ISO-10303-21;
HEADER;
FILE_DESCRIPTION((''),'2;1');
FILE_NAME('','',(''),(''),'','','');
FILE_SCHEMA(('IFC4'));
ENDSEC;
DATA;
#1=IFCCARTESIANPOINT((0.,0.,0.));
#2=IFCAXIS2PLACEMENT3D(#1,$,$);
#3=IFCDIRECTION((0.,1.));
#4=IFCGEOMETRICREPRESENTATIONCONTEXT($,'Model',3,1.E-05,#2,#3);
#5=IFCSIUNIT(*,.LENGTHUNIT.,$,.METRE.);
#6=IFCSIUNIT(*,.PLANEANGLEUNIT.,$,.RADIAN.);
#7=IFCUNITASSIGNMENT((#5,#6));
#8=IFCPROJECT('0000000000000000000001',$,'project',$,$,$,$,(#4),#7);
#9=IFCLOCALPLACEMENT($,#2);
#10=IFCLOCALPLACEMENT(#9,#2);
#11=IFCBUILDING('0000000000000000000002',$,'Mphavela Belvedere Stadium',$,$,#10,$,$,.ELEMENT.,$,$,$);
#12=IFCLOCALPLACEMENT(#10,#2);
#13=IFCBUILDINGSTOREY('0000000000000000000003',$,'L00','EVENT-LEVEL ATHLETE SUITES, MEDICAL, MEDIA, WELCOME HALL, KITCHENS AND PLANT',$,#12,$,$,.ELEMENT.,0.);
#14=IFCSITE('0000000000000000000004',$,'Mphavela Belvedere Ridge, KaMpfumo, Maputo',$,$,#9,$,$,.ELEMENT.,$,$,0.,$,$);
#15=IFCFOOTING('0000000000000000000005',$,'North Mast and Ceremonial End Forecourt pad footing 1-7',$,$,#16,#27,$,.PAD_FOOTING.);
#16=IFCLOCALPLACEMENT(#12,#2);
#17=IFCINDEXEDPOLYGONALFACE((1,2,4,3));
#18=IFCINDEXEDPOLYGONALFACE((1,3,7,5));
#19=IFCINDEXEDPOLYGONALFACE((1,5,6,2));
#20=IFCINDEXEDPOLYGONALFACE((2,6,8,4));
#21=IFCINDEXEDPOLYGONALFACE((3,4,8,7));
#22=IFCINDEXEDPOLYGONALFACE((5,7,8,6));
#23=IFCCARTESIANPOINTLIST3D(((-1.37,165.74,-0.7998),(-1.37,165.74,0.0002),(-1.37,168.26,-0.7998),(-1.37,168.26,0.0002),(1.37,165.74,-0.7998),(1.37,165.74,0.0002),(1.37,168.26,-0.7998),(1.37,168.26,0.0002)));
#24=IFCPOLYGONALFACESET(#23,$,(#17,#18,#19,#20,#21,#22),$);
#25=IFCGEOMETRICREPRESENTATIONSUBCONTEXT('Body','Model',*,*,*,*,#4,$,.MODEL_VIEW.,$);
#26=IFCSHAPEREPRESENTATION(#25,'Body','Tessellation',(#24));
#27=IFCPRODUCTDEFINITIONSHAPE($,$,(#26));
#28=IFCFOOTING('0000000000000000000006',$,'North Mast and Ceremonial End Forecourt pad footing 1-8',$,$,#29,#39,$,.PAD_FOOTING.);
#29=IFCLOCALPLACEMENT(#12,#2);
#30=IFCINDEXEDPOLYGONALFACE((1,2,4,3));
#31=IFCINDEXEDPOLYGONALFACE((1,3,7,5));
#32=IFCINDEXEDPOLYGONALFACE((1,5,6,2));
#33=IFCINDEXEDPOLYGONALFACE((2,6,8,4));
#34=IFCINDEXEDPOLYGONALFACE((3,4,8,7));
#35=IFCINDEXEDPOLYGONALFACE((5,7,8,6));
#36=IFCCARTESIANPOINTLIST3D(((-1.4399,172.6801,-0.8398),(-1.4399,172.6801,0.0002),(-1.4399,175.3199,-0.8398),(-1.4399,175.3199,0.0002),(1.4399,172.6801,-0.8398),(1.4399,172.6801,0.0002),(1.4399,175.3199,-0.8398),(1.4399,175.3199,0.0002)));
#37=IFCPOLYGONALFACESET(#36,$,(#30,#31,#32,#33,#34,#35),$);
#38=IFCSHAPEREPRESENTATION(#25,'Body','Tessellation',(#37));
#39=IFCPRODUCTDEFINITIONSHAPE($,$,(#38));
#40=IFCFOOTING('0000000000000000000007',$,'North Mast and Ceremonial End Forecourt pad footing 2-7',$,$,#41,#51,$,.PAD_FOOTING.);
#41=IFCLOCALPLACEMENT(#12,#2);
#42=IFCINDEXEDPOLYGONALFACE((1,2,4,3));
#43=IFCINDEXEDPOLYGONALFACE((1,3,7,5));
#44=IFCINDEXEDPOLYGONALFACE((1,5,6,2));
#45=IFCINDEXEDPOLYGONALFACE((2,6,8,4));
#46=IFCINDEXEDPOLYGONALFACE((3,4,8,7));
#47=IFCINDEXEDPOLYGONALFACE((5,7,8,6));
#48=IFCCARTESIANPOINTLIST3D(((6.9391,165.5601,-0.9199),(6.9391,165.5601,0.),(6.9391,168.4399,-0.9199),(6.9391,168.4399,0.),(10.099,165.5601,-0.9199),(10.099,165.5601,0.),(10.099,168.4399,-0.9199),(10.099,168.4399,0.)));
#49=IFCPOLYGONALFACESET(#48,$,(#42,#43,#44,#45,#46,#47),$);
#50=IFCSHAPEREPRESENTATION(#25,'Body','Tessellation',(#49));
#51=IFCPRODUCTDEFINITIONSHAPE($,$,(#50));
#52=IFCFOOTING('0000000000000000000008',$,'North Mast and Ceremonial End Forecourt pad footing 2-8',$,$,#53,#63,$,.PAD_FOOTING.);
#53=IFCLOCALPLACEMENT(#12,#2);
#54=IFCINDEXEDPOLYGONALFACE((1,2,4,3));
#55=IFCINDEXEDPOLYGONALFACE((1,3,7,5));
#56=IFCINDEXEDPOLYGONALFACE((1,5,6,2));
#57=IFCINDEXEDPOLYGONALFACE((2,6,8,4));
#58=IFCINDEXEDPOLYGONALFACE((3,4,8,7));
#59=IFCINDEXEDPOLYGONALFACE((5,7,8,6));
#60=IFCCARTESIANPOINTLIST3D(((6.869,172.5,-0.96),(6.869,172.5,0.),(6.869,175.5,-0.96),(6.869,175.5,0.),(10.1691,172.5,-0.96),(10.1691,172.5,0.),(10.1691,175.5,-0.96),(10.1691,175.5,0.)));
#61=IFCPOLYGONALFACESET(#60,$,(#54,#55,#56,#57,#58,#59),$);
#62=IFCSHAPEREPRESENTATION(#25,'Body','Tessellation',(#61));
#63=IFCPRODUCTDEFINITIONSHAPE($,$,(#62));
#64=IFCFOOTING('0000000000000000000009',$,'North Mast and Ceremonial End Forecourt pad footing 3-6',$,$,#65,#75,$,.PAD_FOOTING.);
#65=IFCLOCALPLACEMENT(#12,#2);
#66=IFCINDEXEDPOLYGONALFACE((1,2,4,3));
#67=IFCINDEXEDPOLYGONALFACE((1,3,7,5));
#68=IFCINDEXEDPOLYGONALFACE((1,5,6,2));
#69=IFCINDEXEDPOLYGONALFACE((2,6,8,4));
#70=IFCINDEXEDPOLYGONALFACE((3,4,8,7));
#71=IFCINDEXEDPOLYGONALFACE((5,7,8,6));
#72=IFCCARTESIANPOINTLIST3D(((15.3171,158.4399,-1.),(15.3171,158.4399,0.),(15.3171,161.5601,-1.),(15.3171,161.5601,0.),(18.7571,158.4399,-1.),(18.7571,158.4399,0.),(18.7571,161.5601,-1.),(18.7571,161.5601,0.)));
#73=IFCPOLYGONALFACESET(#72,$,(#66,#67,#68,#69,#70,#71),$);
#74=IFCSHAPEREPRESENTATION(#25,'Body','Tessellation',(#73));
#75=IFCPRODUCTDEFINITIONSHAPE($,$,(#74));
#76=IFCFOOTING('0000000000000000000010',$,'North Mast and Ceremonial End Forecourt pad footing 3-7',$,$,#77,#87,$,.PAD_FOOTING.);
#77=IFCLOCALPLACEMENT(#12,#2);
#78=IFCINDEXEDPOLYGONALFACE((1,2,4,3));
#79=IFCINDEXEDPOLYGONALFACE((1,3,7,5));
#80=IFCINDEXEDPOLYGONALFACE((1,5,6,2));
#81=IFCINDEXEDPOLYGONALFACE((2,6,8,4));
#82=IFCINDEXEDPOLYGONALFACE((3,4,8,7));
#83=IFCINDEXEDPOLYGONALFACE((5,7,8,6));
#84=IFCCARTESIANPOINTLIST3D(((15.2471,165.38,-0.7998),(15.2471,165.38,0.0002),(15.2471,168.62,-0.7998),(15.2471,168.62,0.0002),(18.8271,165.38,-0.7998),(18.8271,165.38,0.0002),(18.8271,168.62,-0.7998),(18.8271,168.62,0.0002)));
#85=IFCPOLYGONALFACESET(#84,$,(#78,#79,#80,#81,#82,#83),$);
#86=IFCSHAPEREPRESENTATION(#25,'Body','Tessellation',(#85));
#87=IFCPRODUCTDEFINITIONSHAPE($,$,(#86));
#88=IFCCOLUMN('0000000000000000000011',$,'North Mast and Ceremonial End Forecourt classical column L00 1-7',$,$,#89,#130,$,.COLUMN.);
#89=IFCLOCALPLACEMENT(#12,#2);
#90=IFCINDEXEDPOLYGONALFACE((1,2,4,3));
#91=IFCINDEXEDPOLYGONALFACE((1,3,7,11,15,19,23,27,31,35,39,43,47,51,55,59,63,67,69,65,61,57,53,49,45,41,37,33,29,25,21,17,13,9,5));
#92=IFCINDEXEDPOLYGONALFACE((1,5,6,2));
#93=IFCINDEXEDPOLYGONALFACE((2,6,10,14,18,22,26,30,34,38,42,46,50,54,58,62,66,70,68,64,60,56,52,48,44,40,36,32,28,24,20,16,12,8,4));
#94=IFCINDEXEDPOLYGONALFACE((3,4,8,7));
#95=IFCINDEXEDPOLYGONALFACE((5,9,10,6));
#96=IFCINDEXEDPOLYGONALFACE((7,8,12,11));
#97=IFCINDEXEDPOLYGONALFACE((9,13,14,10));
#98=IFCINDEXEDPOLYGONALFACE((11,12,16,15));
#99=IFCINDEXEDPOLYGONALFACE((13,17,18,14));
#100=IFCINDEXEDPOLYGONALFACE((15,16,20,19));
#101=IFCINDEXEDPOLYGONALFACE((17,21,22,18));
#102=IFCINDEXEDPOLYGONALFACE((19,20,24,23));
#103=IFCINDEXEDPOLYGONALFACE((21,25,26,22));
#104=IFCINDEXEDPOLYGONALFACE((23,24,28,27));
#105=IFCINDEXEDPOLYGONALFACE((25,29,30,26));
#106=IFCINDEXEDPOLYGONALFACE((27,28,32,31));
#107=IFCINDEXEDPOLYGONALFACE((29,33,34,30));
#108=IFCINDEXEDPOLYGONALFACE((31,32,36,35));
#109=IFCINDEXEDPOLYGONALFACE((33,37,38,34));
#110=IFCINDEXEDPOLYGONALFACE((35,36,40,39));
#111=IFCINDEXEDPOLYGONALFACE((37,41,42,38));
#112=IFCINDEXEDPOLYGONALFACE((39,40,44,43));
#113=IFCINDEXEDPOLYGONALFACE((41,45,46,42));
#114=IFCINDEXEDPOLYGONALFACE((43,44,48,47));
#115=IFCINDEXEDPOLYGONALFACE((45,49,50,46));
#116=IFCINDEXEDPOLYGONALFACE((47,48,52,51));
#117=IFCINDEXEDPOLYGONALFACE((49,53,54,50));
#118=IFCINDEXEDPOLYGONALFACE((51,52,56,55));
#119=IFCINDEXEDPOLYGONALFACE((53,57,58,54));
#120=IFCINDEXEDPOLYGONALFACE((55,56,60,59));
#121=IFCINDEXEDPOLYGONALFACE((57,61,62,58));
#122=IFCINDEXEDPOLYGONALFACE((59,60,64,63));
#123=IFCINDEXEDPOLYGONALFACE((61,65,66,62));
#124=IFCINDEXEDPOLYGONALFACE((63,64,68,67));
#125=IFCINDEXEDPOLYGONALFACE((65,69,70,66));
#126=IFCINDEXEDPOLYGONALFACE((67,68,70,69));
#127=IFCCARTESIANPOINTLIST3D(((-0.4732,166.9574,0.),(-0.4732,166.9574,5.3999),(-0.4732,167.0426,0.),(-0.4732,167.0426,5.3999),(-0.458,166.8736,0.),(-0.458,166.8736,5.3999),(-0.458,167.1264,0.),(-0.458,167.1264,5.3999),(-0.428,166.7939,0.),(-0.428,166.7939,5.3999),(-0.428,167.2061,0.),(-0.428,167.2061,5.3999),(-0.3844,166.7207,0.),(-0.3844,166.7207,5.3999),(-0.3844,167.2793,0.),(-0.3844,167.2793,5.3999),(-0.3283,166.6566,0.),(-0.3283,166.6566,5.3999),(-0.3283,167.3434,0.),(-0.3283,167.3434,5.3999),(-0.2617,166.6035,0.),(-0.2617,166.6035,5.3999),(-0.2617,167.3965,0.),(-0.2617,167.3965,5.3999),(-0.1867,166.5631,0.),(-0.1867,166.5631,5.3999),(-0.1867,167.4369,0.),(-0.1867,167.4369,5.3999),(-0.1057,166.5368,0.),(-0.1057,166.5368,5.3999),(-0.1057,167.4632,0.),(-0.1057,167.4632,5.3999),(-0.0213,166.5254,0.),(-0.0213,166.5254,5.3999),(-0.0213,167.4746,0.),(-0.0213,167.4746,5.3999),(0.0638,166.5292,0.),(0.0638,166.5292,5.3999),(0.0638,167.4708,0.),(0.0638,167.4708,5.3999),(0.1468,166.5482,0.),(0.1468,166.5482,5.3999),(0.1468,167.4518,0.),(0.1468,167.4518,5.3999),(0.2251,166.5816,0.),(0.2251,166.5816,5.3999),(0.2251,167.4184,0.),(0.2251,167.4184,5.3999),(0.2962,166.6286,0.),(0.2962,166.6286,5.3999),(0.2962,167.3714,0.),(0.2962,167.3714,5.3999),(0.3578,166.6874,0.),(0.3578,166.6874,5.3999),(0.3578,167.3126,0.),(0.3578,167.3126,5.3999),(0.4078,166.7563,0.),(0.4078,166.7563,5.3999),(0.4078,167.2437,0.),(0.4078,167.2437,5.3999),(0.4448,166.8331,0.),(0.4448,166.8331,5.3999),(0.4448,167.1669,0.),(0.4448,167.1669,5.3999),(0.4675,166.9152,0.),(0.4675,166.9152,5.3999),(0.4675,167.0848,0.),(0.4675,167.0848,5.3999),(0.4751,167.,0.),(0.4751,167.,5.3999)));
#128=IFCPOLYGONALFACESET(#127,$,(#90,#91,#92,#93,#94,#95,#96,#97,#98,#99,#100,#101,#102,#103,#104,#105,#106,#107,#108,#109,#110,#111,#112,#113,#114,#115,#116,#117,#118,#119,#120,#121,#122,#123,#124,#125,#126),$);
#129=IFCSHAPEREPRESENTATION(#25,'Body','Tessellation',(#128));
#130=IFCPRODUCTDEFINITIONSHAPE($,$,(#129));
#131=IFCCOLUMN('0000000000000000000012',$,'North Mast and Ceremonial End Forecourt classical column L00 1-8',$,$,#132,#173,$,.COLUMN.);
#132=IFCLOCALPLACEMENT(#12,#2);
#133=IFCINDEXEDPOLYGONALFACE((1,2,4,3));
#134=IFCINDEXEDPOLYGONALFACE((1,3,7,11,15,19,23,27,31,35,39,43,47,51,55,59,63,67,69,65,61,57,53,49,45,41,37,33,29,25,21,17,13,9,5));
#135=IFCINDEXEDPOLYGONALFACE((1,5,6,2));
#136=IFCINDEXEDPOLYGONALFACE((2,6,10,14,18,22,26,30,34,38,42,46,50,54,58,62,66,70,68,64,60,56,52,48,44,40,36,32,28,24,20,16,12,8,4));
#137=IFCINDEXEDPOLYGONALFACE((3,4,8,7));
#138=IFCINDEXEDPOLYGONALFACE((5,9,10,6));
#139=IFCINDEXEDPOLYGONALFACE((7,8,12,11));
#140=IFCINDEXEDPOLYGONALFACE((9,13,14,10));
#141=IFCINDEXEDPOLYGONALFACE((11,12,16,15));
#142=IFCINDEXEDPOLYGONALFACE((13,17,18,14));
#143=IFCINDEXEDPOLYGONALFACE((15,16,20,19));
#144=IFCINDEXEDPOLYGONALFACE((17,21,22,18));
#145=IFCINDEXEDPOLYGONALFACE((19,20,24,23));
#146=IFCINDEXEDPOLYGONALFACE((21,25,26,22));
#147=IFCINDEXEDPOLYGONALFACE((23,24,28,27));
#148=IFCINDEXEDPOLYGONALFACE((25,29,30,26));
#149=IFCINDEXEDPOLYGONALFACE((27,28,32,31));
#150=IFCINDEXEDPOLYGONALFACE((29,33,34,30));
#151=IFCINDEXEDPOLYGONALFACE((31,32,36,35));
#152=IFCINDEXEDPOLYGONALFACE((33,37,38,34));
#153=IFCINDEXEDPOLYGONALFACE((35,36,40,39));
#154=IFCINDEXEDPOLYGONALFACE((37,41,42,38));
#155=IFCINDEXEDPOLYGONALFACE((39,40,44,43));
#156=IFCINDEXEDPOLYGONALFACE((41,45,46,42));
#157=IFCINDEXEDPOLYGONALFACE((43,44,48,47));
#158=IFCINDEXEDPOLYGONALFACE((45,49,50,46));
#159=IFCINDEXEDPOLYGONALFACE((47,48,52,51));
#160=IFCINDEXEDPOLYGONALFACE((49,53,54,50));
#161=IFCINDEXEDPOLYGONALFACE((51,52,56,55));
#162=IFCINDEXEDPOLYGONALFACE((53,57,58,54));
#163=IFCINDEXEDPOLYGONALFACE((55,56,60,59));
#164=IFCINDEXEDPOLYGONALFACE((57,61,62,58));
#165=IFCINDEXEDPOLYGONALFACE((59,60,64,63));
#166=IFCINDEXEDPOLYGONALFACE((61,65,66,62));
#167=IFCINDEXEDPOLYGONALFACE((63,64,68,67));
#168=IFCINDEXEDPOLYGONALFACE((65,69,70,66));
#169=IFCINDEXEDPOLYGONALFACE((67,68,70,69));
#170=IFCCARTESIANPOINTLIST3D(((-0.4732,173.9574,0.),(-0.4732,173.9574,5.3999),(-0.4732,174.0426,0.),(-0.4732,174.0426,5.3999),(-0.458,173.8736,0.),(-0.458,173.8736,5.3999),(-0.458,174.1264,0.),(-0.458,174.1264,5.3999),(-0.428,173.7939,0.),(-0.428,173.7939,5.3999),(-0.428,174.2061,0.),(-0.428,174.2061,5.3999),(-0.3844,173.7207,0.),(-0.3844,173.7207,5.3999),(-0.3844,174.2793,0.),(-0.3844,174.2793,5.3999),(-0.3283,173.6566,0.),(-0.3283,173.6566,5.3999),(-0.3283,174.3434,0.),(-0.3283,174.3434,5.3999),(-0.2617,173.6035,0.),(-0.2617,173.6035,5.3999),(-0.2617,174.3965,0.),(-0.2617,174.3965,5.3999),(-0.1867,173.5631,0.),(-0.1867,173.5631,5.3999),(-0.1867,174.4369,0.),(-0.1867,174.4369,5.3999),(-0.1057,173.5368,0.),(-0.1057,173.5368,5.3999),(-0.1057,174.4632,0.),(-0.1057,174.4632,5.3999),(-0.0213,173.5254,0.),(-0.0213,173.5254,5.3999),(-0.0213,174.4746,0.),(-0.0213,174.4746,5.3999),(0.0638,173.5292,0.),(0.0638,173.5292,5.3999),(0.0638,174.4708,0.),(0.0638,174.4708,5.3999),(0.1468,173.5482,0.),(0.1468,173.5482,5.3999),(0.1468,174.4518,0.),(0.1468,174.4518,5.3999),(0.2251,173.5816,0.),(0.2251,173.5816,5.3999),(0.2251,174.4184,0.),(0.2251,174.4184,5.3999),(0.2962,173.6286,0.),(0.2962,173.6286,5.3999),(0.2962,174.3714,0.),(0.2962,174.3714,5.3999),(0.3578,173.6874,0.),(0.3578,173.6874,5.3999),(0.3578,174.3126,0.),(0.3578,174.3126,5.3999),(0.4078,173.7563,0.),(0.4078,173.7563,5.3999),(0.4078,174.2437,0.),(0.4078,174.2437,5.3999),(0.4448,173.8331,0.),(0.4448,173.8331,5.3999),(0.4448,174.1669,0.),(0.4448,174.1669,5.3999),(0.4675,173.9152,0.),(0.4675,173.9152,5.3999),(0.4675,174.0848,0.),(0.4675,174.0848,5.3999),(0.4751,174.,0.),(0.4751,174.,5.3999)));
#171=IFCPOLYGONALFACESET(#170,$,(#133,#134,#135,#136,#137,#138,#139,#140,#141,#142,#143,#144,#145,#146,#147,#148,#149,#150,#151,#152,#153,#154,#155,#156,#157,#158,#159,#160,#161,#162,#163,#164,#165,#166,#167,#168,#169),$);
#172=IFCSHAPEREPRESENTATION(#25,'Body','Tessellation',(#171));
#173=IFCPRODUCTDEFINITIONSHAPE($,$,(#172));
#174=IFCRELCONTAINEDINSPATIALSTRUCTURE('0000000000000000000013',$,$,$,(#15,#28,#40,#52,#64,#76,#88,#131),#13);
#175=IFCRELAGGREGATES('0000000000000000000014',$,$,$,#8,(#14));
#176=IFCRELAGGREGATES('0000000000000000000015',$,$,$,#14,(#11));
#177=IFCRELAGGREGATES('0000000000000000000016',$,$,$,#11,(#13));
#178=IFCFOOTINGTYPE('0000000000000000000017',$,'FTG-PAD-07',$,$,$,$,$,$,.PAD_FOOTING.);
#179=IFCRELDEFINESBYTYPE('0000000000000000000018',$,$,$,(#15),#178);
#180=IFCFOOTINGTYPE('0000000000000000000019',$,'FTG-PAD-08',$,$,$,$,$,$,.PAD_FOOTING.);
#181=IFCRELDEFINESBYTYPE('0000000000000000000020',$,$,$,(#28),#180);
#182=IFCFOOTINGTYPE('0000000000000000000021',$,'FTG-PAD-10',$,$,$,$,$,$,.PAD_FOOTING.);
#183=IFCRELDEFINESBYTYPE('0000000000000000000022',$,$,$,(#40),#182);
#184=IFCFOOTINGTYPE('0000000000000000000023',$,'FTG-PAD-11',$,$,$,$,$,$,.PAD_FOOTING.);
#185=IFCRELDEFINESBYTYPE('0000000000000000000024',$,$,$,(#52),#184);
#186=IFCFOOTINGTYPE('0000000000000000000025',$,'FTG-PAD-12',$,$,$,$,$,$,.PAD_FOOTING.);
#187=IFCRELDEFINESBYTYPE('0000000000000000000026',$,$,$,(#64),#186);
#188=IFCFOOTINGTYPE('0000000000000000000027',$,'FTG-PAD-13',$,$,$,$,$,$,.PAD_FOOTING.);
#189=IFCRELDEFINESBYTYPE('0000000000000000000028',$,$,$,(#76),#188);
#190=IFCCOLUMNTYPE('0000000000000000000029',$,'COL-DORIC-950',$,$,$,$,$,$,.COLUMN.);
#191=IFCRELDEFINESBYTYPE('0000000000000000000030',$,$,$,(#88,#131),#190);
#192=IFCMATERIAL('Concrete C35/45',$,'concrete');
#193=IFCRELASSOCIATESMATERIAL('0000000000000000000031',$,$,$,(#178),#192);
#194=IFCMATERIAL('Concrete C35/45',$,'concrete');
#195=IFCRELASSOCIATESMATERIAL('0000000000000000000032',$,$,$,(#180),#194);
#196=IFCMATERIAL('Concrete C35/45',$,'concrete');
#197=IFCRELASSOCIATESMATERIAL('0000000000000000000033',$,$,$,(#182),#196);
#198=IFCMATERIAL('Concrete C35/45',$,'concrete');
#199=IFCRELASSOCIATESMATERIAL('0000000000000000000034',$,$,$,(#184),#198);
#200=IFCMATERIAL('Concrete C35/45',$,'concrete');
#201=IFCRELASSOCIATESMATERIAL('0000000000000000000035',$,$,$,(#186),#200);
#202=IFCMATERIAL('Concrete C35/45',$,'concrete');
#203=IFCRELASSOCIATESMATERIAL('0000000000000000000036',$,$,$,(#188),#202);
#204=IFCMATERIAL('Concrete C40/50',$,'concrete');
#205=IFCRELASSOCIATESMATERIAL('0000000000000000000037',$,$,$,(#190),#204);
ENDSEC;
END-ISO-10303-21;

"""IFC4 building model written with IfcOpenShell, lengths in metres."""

from ifc_helpers import new_model, si_unit, direction, frame, origin, origin_2d, place, context, subcontext, project, spatial, rectangle, circle, extrude, material, material_profile, profile_set, type_object, element, save


model = new_model("IFC4")

# Units and contexts
model_context = context("Model", 3, precision=1e-05, world=origin(), true_north=direction((0.0, 1.0)))
body_context = subcontext(model_context, "Body", "Model", "MODEL_VIEW")
ifc_project = project(units=[si_unit("LENGTHUNIT", "METRE"), si_unit("PLANEANGLEUNIT", "RADIAN")], contexts=[model_context])

# Site, building, storey
site_placement = place(None, origin())
site = spatial("IfcSite", under=ifc_project, at=site_placement, Name="Mphavela Belvedere Ridge, KaMpfumo, Maputo", CompositionType="ELEMENT", RefElevation=0.0)
building_placement = place(site_placement, origin())
building = spatial("IfcBuilding", under=site, at=building_placement, Name="Mphavela Belvedere Stadium", CompositionType="ELEMENT")
storey_placement = place(building_placement, origin())
storey = spatial("IfcBuildingStorey", under=building, at=storey_placement, Name="L00", Description="EVENT-LEVEL ATHLETE SUITES, MEDICAL, MEDIA, WELCOME HALL, KITCHENS AND PLANT", CompositionType="ELEMENT", Elevation=0.0)

# Footings
ifc_material_1 = material(Name="Concrete C35/45", Category="concrete")
footing_type_1 = type_object("IfcFootingType", Name="FTG-PAD-07", PredefinedType="PAD_FOOTING", material=ifc_material_1)
footing_1_placement = place(storey_placement, frame((0.0, 167.0, -0.7998), z_axis=(0.0, 0.0, 1.0), x_axis=(1.0, 0.0, 0.0)))
element("IfcFooting", 1, at=footing_1_placement, inside=storey, type_object=footing_type_1, Name="North Mast and Ceremonial End Forecourt pad footing 1-7", PredefinedType="PAD_FOOTING", context=body_context, shape_type="SweptSolid", body=[
    extrude(rectangle(XDim=2.74, YDim=2.52, at=origin_2d()), origin(), (0.0, 0.0, 1.0), 0.8),
])
ifc_material_2 = material(Name="Concrete C35/45", Category="concrete")
footing_type_2 = type_object("IfcFootingType", Name="FTG-PAD-08", PredefinedType="PAD_FOOTING", material=ifc_material_2)
footing_2_placement = place(storey_placement, frame((0.0, 174.0, -0.8398), z_axis=(0.0, 0.0, 1.0), x_axis=(1.0, 0.0, 0.0)))
element("IfcFooting", 2, at=footing_2_placement, inside=storey, type_object=footing_type_2, Name="North Mast and Ceremonial End Forecourt pad footing 1-8", PredefinedType="PAD_FOOTING", context=body_context, shape_type="SweptSolid", body=[
    extrude(rectangle(XDim=2.8799, YDim=2.6399, at=origin_2d()), origin(), (0.0, 0.0, 1.0), 0.8401),
])
ifc_material_3 = material(Name="Concrete C35/45", Category="concrete")
footing_type_3 = type_object("IfcFootingType", Name="FTG-PAD-10", PredefinedType="PAD_FOOTING", material=ifc_material_3)
footing_3_placement = place(storey_placement, frame((8.519, 167.0, -0.9199), z_axis=(0.0, 0.0, 1.0), x_axis=(1.0, 0.0, 0.0)))
element("IfcFooting", 3, at=footing_3_placement, inside=storey, type_object=footing_type_3, Name="North Mast and Ceremonial End Forecourt pad footing 2-7", PredefinedType="PAD_FOOTING", context=body_context, shape_type="SweptSolid", body=[
    extrude(rectangle(XDim=3.1599, YDim=2.8799, at=origin_2d()), origin(), (0.0, 0.0, 1.0), 0.9199),
])
ifc_material_4 = material(Name="Concrete C35/45", Category="concrete")
footing_type_4 = type_object("IfcFootingType", Name="FTG-PAD-11", PredefinedType="PAD_FOOTING", material=ifc_material_4)
footing_4_placement = place(storey_placement, frame((8.519, 174.0, -0.96), z_axis=(0.0, 0.0, 1.0), x_axis=(1.0, 0.0, 0.0)))
element("IfcFooting", 4, at=footing_4_placement, inside=storey, type_object=footing_type_4, Name="North Mast and Ceremonial End Forecourt pad footing 2-8", PredefinedType="PAD_FOOTING", context=body_context, shape_type="SweptSolid", body=[
    extrude(rectangle(XDim=3.3, YDim=3.0, at=origin_2d()), origin(), (0.0, 0.0, 1.0), 0.96),
])
ifc_material_5 = material(Name="Concrete C35/45", Category="concrete")
footing_type_5 = type_object("IfcFootingType", Name="FTG-PAD-12", PredefinedType="PAD_FOOTING", material=ifc_material_5)
footing_5_placement = place(storey_placement, frame((17.0371, 160.0, -1.0), z_axis=(0.0, 0.0, 1.0), x_axis=(1.0, 0.0, 0.0)))
element("IfcFooting", 5, at=footing_5_placement, inside=storey, type_object=footing_type_5, Name="North Mast and Ceremonial End Forecourt pad footing 3-6", PredefinedType="PAD_FOOTING", context=body_context, shape_type="SweptSolid", body=[
    extrude(rectangle(XDim=3.4399, YDim=3.1201, at=origin_2d()), origin(), (0.0, 0.0, 1.0), 1.0),
])
ifc_material_6 = material(Name="Concrete C35/45", Category="concrete")
footing_type_6 = type_object("IfcFootingType", Name="FTG-PAD-13", PredefinedType="PAD_FOOTING", material=ifc_material_6)
footing_6_placement = place(storey_placement, frame((17.0371, 167.0, -0.7998), z_axis=(0.0, 0.0, 1.0), x_axis=(1.0, 0.0, 0.0)))
element("IfcFooting", 6, at=footing_6_placement, inside=storey, type_object=footing_type_6, Name="North Mast and Ceremonial End Forecourt pad footing 3-7", PredefinedType="PAD_FOOTING", context=body_context, shape_type="SweptSolid", body=[
    extrude(rectangle(XDim=3.5801, YDim=3.24, at=origin_2d()), origin(), (0.0, 0.0, 1.0), 0.8),
])

# Columns
ifc_material_7 = material(Name="Concrete C40/50", Category="concrete")
ifc_material_profile_1 = material_profile(ifc_material_7, circle(Radius=0.4751, at=origin_2d()), Name="COL D950")
ifc_profile_set_1 = profile_set([ifc_material_profile_1], Name="Concrete C40/50")
column_type = type_object("IfcColumnType", Name="COL-DORIC-950", PredefinedType="COLUMN", material=ifc_profile_set_1)
for number, where, z_axis, x_axis, name in (
    (7, (0.0, 167.0, 0.0), (0.0, 0.0, 1.0), (1.0, 0.0, 0.0), "North Mast and Ceremonial End Forecourt classical column L00 1-7"),
    (8, (0.0, 174.0, 0.0), (0.0, 0.0, 1.0), (1.0, 0.0, 0.0), "North Mast and Ceremonial End Forecourt classical column L00 1-8"),
):
    element("IfcColumn", number, at=place(storey_placement, frame(where, z_axis=z_axis, x_axis=x_axis)), inside=storey, type_object=column_type, Name=name, PredefinedType="COLUMN", context=body_context, shape_type="SweptSolid", body=[
        extrude(circle(Radius=0.4751, at=origin_2d()), origin(), (0.0, 0.0, 1.0), 5.3999),
    ])

save(model, "model.ifc")
